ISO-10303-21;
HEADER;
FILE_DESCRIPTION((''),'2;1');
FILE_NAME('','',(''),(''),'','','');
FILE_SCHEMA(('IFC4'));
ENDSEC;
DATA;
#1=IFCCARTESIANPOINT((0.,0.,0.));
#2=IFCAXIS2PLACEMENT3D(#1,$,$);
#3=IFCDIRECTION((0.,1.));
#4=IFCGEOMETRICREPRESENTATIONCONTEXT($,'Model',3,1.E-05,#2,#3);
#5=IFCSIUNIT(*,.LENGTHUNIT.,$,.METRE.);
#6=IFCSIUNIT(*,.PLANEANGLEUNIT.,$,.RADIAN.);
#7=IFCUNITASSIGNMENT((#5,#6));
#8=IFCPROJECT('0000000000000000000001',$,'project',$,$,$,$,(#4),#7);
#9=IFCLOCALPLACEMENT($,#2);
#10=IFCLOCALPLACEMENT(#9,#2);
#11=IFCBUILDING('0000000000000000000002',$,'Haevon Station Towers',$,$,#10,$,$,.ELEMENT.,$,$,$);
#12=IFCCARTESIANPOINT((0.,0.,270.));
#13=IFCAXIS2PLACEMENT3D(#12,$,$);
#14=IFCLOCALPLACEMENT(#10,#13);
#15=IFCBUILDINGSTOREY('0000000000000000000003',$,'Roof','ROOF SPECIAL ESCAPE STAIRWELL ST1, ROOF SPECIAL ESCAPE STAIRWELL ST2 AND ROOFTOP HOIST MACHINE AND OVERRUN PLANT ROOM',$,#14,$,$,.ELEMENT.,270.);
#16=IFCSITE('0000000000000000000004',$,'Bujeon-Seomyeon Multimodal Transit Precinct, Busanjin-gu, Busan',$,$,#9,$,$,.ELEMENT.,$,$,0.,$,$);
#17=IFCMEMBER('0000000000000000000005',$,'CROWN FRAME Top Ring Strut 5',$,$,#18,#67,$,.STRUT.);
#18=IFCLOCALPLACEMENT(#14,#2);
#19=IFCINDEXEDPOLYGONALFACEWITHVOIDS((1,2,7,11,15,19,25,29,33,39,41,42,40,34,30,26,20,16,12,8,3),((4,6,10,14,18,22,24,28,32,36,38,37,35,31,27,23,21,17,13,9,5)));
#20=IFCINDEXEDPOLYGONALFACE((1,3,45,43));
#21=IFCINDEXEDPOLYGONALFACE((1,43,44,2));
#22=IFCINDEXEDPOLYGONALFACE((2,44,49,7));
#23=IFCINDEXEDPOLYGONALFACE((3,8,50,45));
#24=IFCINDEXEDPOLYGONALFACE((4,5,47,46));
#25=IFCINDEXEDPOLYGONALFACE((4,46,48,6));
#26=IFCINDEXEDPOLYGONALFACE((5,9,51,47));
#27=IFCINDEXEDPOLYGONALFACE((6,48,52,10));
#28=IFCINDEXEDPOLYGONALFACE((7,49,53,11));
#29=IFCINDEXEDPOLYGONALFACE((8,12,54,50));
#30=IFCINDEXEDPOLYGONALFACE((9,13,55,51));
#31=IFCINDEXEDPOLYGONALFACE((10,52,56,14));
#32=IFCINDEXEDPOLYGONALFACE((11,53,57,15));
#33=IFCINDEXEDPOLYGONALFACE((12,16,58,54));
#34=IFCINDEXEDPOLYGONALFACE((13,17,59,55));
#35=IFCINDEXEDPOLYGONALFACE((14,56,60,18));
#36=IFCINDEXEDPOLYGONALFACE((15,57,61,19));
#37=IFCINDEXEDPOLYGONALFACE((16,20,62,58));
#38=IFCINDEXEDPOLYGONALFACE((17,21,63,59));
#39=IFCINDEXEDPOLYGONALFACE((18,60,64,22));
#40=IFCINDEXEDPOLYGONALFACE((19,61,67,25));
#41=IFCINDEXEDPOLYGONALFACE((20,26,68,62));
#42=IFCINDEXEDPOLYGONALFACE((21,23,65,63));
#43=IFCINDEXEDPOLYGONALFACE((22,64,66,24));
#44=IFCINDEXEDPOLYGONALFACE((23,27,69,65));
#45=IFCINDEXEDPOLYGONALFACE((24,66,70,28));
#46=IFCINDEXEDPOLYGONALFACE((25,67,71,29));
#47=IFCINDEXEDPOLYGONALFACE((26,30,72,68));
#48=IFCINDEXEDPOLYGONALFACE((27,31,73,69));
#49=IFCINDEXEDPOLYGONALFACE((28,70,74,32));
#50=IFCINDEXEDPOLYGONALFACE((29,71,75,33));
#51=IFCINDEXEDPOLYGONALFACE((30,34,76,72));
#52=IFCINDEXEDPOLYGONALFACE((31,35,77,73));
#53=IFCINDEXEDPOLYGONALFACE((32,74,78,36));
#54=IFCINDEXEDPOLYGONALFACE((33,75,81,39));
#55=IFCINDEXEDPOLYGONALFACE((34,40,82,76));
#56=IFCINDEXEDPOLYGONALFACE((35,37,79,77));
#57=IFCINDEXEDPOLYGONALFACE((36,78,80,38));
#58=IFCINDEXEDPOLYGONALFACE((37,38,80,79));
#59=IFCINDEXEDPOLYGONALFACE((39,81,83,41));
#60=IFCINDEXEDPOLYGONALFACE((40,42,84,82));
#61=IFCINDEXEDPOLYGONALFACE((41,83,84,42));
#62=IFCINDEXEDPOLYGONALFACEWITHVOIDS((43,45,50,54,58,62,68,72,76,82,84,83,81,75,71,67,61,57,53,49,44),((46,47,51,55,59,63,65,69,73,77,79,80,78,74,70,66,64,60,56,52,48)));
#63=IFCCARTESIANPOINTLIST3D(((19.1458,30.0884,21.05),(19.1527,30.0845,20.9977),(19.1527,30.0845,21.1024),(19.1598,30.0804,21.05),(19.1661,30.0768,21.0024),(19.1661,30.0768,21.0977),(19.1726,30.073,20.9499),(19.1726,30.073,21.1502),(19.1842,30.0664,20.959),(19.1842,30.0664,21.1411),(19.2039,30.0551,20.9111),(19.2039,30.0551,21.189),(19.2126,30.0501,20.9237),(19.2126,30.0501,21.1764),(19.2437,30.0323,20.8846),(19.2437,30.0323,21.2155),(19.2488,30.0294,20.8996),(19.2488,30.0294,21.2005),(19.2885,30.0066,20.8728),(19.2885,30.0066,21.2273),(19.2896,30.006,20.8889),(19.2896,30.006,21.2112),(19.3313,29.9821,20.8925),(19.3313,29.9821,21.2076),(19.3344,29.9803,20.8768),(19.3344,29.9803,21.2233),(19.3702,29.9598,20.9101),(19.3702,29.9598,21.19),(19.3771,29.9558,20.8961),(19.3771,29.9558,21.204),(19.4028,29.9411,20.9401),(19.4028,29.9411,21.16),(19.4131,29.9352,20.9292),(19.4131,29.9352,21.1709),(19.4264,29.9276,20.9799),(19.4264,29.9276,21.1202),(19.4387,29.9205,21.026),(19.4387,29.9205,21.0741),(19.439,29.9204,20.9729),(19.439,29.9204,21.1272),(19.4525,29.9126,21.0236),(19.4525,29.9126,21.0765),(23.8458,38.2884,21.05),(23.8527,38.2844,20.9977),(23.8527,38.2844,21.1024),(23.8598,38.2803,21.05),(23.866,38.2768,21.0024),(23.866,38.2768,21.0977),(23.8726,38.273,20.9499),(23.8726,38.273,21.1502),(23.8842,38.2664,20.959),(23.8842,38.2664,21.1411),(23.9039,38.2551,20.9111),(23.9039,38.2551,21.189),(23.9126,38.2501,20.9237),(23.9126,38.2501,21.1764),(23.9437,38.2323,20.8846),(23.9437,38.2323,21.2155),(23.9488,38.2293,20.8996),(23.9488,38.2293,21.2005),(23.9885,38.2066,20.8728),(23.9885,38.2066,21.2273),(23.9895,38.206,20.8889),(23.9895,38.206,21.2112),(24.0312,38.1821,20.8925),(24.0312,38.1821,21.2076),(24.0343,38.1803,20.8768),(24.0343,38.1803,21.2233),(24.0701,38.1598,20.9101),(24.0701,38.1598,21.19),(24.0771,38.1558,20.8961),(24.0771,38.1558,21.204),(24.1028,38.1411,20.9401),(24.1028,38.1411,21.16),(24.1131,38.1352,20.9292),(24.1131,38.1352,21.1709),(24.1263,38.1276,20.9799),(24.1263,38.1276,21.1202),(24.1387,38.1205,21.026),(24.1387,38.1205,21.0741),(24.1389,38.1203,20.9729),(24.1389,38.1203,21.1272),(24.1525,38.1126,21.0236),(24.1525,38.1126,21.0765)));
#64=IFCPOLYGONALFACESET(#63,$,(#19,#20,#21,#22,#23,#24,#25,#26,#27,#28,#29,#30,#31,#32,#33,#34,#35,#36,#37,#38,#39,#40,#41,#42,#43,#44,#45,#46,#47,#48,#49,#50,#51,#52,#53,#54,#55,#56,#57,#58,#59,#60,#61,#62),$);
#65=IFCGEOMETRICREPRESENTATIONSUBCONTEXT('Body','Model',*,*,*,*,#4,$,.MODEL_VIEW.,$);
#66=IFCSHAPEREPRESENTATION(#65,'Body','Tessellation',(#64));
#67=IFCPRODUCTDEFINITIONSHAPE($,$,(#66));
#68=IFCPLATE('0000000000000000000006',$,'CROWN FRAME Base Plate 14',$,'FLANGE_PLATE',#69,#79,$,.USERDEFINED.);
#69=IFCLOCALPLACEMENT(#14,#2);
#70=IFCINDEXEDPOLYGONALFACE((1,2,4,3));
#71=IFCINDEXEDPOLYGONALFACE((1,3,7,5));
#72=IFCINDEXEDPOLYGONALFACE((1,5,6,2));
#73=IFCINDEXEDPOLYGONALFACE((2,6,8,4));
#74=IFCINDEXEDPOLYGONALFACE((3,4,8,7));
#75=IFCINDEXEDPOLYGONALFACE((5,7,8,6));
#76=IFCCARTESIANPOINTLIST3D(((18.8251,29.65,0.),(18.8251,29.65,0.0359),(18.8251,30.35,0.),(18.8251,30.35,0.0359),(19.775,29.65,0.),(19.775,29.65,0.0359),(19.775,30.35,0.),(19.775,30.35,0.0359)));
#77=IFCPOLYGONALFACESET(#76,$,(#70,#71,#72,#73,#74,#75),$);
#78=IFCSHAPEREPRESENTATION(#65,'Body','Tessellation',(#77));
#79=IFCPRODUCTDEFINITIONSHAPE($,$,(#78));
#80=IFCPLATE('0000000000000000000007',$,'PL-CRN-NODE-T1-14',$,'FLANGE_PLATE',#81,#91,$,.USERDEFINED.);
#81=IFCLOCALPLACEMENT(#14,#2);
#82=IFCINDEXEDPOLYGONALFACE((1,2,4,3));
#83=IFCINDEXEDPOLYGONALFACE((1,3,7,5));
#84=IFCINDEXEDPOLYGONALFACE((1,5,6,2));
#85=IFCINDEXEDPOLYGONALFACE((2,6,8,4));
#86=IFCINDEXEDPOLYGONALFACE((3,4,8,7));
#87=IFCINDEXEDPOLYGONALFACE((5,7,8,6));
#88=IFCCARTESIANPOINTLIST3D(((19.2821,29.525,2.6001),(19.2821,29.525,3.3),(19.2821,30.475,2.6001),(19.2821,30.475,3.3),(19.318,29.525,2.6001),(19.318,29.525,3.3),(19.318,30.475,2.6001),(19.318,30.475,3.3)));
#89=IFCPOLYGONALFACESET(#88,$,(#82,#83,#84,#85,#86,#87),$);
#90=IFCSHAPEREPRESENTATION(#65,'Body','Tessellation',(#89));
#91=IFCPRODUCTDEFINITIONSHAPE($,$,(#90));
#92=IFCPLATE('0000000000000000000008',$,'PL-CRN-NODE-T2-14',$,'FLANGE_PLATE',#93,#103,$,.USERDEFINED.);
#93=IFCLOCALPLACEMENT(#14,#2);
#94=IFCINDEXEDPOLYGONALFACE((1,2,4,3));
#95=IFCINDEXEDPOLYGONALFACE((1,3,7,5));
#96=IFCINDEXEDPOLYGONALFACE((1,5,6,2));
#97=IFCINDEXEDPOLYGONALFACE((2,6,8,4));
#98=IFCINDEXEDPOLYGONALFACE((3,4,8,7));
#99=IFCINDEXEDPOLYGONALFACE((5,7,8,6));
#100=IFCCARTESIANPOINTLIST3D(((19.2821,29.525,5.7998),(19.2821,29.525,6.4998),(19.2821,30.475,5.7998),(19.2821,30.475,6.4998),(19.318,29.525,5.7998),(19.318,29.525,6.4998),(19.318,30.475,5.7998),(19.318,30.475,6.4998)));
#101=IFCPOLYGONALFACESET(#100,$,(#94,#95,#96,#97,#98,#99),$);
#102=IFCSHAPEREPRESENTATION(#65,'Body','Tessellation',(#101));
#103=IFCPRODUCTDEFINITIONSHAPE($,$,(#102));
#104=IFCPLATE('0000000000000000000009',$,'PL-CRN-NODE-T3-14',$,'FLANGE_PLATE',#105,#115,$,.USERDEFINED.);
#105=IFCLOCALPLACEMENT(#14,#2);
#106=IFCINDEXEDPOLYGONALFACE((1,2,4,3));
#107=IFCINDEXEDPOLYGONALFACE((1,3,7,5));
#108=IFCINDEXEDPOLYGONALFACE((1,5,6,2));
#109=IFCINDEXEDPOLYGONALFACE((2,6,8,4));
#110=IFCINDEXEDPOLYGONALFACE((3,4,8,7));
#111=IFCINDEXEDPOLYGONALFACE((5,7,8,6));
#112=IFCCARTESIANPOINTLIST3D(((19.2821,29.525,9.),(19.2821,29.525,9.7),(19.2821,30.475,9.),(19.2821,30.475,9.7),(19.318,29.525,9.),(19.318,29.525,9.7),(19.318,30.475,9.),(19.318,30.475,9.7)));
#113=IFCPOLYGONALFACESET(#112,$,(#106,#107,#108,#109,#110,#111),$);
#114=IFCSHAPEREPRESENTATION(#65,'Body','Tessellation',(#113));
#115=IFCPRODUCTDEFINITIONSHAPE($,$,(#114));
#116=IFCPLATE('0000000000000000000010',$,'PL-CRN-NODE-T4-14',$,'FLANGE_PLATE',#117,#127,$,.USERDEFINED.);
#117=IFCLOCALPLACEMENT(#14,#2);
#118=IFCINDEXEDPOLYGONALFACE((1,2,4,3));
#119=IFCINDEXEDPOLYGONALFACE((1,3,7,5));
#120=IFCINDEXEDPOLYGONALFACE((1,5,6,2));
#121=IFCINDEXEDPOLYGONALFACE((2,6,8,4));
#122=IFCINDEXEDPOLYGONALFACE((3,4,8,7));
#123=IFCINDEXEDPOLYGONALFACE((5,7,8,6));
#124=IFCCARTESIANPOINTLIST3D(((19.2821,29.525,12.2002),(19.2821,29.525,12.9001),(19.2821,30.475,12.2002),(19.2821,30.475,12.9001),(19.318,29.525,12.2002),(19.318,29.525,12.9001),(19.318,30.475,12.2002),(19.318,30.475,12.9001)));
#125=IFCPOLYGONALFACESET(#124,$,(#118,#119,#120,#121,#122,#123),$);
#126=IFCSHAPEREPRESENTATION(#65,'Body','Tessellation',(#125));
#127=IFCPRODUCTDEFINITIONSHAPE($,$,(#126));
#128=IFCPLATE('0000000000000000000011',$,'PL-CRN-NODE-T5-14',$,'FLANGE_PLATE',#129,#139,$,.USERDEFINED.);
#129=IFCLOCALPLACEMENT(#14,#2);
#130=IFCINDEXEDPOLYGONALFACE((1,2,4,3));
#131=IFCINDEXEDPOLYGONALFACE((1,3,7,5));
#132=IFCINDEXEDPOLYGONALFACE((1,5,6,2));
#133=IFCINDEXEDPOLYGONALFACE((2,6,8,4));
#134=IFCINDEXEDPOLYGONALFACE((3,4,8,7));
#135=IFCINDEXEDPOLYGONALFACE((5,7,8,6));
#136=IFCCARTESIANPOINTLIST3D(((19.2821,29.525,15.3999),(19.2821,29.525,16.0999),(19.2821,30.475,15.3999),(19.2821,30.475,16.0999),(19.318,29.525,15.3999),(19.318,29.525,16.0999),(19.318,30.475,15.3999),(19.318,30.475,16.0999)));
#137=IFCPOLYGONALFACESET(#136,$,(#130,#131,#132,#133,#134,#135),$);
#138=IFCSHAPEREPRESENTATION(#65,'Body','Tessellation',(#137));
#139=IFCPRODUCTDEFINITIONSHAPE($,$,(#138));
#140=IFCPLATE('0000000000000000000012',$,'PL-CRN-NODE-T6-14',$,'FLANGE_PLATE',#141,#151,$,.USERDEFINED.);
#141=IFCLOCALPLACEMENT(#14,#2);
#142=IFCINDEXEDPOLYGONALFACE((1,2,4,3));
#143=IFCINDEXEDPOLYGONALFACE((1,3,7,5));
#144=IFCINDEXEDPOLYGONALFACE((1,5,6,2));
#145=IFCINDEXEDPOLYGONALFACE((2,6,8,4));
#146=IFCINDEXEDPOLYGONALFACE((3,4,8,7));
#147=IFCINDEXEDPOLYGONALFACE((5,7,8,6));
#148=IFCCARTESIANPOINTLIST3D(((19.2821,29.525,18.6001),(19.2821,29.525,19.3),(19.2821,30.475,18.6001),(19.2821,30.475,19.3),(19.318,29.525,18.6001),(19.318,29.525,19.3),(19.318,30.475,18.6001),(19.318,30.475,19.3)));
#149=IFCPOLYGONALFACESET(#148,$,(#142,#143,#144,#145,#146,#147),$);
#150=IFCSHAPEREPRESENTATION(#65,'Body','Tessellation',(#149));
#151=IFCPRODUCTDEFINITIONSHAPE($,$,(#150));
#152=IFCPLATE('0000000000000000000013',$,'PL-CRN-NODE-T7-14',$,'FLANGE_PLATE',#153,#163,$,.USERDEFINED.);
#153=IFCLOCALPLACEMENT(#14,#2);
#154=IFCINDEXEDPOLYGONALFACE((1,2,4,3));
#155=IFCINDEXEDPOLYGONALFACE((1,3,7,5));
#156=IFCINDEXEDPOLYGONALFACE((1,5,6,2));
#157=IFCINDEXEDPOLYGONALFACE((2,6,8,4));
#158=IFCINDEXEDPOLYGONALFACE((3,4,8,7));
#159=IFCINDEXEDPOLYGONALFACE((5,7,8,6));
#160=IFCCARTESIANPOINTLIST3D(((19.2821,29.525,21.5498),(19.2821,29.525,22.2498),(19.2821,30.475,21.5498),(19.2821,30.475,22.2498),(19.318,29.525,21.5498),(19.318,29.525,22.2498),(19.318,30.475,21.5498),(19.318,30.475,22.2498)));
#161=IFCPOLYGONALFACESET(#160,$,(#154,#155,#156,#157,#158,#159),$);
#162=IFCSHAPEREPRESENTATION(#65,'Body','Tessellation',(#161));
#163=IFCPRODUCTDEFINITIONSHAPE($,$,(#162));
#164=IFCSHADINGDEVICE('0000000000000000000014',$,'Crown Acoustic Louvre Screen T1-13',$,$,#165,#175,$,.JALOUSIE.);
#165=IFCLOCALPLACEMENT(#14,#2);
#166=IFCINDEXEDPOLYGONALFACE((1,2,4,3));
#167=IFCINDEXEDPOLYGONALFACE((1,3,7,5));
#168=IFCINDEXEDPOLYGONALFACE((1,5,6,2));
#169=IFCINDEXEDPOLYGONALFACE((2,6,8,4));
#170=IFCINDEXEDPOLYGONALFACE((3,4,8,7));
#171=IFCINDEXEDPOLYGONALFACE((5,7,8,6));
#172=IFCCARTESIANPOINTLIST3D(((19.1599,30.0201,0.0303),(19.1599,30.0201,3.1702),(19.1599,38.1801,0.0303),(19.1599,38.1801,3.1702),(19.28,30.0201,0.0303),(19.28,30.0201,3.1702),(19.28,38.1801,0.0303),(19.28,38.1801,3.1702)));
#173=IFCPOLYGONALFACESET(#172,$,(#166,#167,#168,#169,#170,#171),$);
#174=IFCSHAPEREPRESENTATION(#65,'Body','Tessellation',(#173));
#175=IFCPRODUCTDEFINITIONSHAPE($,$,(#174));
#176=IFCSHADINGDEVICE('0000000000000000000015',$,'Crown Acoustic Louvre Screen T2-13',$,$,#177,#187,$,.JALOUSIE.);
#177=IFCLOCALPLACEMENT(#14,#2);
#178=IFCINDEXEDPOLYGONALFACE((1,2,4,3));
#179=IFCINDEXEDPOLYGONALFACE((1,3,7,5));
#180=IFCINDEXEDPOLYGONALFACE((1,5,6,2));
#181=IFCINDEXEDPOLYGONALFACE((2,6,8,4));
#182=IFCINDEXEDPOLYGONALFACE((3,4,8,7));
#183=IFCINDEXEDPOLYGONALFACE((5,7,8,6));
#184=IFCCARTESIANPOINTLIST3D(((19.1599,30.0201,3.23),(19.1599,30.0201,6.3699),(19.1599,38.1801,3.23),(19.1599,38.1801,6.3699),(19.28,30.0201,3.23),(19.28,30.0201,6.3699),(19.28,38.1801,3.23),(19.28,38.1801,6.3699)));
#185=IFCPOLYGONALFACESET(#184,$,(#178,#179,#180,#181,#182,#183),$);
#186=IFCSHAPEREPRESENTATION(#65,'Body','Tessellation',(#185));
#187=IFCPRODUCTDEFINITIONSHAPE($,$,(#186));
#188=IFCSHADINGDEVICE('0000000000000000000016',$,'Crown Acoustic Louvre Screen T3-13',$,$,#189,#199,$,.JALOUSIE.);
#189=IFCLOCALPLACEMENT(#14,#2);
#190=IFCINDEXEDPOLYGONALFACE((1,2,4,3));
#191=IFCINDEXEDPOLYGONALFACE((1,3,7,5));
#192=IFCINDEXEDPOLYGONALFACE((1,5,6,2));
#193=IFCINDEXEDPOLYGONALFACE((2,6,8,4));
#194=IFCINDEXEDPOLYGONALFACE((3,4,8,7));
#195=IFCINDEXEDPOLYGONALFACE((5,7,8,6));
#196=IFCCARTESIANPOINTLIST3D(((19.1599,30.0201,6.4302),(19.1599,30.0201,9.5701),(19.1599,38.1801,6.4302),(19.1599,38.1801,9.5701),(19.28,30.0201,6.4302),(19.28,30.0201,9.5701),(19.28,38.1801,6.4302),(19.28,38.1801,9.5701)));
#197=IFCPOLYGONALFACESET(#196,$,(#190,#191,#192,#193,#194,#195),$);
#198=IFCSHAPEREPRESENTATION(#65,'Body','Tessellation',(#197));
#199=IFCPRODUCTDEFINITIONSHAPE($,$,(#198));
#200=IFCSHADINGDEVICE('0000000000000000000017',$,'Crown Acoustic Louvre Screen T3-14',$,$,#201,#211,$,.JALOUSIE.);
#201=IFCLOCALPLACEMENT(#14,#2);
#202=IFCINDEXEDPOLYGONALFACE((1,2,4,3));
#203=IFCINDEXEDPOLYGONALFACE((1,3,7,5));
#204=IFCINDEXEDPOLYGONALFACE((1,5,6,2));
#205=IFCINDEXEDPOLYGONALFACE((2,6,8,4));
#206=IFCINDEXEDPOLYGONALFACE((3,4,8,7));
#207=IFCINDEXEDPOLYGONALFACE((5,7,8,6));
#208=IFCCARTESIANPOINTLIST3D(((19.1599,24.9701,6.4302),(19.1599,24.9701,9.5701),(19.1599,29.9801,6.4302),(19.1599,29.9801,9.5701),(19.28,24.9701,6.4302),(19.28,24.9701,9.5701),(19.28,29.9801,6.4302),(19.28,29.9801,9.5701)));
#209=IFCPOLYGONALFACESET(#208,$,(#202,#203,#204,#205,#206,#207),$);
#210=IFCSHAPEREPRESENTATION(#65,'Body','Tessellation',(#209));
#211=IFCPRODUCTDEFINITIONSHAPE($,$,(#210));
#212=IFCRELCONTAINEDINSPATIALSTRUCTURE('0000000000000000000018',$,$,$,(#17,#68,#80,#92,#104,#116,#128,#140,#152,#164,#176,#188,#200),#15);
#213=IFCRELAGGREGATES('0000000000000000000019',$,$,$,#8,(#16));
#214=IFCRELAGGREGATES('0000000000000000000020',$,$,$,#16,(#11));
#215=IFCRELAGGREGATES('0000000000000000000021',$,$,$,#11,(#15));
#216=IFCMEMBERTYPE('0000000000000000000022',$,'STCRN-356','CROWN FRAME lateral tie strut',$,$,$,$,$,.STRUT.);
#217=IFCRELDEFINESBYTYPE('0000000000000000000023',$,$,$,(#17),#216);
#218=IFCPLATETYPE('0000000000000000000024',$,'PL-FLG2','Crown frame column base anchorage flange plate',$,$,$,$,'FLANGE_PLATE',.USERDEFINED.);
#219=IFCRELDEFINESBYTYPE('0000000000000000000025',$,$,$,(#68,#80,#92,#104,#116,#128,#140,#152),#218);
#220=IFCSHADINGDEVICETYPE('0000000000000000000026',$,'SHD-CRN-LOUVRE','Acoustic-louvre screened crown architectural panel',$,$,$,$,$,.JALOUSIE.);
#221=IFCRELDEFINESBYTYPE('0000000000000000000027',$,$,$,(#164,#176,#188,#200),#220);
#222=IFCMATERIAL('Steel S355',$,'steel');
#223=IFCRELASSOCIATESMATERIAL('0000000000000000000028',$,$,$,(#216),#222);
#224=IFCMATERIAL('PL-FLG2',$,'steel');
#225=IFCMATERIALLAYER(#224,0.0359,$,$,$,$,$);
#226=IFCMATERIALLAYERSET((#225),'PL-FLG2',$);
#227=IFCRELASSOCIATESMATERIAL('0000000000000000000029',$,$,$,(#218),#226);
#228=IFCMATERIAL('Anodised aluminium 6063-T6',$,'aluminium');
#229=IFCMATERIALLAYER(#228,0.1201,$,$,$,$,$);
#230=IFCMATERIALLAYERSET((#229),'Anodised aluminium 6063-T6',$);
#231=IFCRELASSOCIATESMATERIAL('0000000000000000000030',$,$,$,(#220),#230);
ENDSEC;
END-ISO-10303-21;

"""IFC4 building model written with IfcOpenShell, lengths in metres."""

from ifc_helpers import new_model, si_unit, direction, frame, origin, origin_2d, place, context, subcontext, project, spatial, rectangle, hollow_circle, extrude, material, layer, layer_set, material_profile, profile_set, type_object, element, save


model = new_model("IFC4")

# Units and contexts
model_context = context("Model", 3, precision=1e-05, world=origin(), true_north=direction((0.0, 1.0)))
body_context = subcontext(model_context, "Body", "Model", "MODEL_VIEW")
ifc_project = project(units=[si_unit("LENGTHUNIT", "METRE"), si_unit("PLANEANGLEUNIT", "RADIAN")], contexts=[model_context])

# Site, building, storey
site_placement = place(None, origin())
site = spatial("IfcSite", under=ifc_project, at=site_placement, Name="Bujeon-Seomyeon Multimodal Transit Precinct, Busanjin-gu, Busan", CompositionType="ELEMENT", RefElevation=0.0)
building_placement = place(site_placement, origin())
building = spatial("IfcBuilding", under=site, at=building_placement, Name="Haevon Station Towers", CompositionType="ELEMENT")
storey_placement = place(building_placement, frame((0.0, 0.0, 270.0)))
storey = spatial("IfcBuildingStorey", under=building, at=storey_placement, Name="Roof", Description="ROOF SPECIAL ESCAPE STAIRWELL ST1, ROOF SPECIAL ESCAPE STAIRWELL ST2 AND ROOFTOP HOIST MACHINE AND OVERRUN PLANT ROOM", CompositionType="ELEMENT", Elevation=270.0)

# Shared definitions
ifc_material_1 = material(Name="Steel S355", Category="steel")

# Member
ifc_material_profile_1 = material_profile(ifc_material_1, hollow_circle(Radius=0.1777, WallThickness=0.0161, at=origin_2d()), Name="CHS-355.6x16")
ifc_profile_set_1 = profile_set([ifc_material_profile_1], Name="Steel S355")
member_type_1 = type_object("IfcMemberType", Name="STCRN-356", Description="CROWN FRAME lateral tie strut", PredefinedType="STRUT", material=ifc_profile_set_1)
member_1_placement = place(storey_placement, frame((19.3, 30.0, 21.05), z_axis=(0.497276, 0.867592, 0.0), x_axis=(-0.867592, 0.497276, 0.0)))
element("IfcMember", 1, at=member_1_placement, inside=storey, type_object=member_type_1, Name="CROWN FRAME Top Ring Strut 5", PredefinedType="STRUT", context=body_context, shape_type="SweptSolid", body=[
    extrude(hollow_circle(Radius=0.1777, WallThickness=0.0161, at=origin_2d()), origin(), (0.0, 0.0, 1.0), 9.4514),
])

# Plates
ifc_material_2 = material(Name="PL-FLG2", Category="steel")
ifc_layer_1 = layer(ifc_material_2, 0.0359)
ifc_layer_set_1 = layer_set([ifc_layer_1], Name="PL-FLG2")
plate_type = type_object("IfcPlateType", Name="PL-FLG2", Description="Crown frame column base anchorage flange plate", ElementType="FLANGE_PLATE", PredefinedType="USERDEFINED", material=ifc_layer_set_1)
plate_placement = place(storey_placement, frame((19.3, 30.0, 0.0), z_axis=(0.0, 0.0, 1.0), x_axis=(1.0, 0.0, 0.0)))
element("IfcPlate", 2, at=plate_placement, inside=storey, type_object=plate_type, Name="CROWN FRAME Base Plate 14", ObjectType="FLANGE_PLATE", PredefinedType="USERDEFINED", context=body_context, shape_type="SweptSolid", body=[
    extrude(rectangle(XDim=0.95, YDim=0.7, at=origin_2d()), origin(), (0.0, 0.0, 1.0), 0.0359),
])
for number, where, z_axis, x_axis, name in (
    (3, (19.3, 30.0, 2.6001), (0.0, 0.0, 1.0), (0.0, -1.0, 0.0), "PL-CRN-NODE-T1-14"),
    (4, (19.3, 30.0, 5.7998), (0.0, 0.0, 1.0), (0.0, -1.0, 0.0), "PL-CRN-NODE-T2-14"),
    (5, (19.3, 30.0, 9.0), (0.0, 0.0, 1.0), (0.0, -1.0, 0.0), "PL-CRN-NODE-T3-14"),
    (6, (19.3, 30.0, 12.2002), (0.0, 0.0, 1.0), (0.0, -1.0, 0.0), "PL-CRN-NODE-T4-14"),
    (7, (19.3, 30.0, 15.3999), (0.0, 0.0, 1.0), (0.0, -1.0, 0.0), "PL-CRN-NODE-T5-14"),
    (8, (19.3, 30.0, 18.6001), (0.0, 0.0, 1.0), (0.0, -1.0, 0.0), "PL-CRN-NODE-T6-14"),
    (9, (19.3, 30.0, 21.5498), (0.0, 0.0, 1.0), (0.0, -1.0, 0.0), "PL-CRN-NODE-T7-14"),
):
    element("IfcPlate", number, at=place(storey_placement, frame(where, z_axis=z_axis, x_axis=x_axis)), inside=storey, type_object=plate_type, Name=name, ObjectType="FLANGE_PLATE", PredefinedType="USERDEFINED", context=body_context, shape_type="SweptSolid", body=[
        extrude(rectangle(XDim=0.95, YDim=0.0359, at=origin_2d()), origin(), (0.0, 0.0, 1.0), 0.7),
    ])

# Shading devices
ifc_material_3 = material(Name="Anodised aluminium 6063-T6", Category="aluminium")
ifc_layer_2 = layer(ifc_material_3, 0.1201)
ifc_layer_set_2 = layer_set([ifc_layer_2], Name="Anodised aluminium 6063-T6")
shading_device_type = type_object("IfcShadingDeviceType", Name="SHD-CRN-LOUVRE", Description="Acoustic-louvre screened crown architectural panel", PredefinedType="JALOUSIE", material=ifc_layer_set_2)
for number, where, z_axis, x_axis, name in (
    (10, (19.22, 34.1001, 0.0303), (0.0, 0.0, 1.0), (0.0, -1.0, 0.0), "Crown Acoustic Louvre Screen T1-13"),
    (11, (19.22, 34.1001, 3.23), (0.0, 0.0, 1.0), (0.0, -1.0, 0.0), "Crown Acoustic Louvre Screen T2-13"),
    (12, (19.22, 34.1001, 6.4302), (0.0, 0.0, 1.0), (0.0, -1.0, 0.0), "Crown Acoustic Louvre Screen T3-13"),
):
    element("IfcShadingDevice", number, at=place(storey_placement, frame(where, z_axis=z_axis, x_axis=x_axis)), inside=storey, type_object=shading_device_type, Name=name, PredefinedType="JALOUSIE", context=body_context, shape_type="SweptSolid", body=[
        extrude(rectangle(XDim=8.1599, YDim=0.1201, at=origin_2d()), origin(), (0.0, 0.0, 1.0), 3.1399),
    ])
shading_device_1_placement = place(storey_placement, frame((19.22, 27.4751, 6.4302), z_axis=(0.0, 0.0, 1.0), x_axis=(0.0, -1.0, 0.0)))
element("IfcShadingDevice", 13, at=shading_device_1_placement, inside=storey, type_object=shading_device_type, Name="Crown Acoustic Louvre Screen T3-14", PredefinedType="JALOUSIE", context=body_context, shape_type="SweptSolid", body=[
    extrude(rectangle(XDim=5.01, YDim=0.1201, at=origin_2d()), origin(), (0.0, 0.0, 1.0), 3.1399),
])

save(model, "model.ifc")
